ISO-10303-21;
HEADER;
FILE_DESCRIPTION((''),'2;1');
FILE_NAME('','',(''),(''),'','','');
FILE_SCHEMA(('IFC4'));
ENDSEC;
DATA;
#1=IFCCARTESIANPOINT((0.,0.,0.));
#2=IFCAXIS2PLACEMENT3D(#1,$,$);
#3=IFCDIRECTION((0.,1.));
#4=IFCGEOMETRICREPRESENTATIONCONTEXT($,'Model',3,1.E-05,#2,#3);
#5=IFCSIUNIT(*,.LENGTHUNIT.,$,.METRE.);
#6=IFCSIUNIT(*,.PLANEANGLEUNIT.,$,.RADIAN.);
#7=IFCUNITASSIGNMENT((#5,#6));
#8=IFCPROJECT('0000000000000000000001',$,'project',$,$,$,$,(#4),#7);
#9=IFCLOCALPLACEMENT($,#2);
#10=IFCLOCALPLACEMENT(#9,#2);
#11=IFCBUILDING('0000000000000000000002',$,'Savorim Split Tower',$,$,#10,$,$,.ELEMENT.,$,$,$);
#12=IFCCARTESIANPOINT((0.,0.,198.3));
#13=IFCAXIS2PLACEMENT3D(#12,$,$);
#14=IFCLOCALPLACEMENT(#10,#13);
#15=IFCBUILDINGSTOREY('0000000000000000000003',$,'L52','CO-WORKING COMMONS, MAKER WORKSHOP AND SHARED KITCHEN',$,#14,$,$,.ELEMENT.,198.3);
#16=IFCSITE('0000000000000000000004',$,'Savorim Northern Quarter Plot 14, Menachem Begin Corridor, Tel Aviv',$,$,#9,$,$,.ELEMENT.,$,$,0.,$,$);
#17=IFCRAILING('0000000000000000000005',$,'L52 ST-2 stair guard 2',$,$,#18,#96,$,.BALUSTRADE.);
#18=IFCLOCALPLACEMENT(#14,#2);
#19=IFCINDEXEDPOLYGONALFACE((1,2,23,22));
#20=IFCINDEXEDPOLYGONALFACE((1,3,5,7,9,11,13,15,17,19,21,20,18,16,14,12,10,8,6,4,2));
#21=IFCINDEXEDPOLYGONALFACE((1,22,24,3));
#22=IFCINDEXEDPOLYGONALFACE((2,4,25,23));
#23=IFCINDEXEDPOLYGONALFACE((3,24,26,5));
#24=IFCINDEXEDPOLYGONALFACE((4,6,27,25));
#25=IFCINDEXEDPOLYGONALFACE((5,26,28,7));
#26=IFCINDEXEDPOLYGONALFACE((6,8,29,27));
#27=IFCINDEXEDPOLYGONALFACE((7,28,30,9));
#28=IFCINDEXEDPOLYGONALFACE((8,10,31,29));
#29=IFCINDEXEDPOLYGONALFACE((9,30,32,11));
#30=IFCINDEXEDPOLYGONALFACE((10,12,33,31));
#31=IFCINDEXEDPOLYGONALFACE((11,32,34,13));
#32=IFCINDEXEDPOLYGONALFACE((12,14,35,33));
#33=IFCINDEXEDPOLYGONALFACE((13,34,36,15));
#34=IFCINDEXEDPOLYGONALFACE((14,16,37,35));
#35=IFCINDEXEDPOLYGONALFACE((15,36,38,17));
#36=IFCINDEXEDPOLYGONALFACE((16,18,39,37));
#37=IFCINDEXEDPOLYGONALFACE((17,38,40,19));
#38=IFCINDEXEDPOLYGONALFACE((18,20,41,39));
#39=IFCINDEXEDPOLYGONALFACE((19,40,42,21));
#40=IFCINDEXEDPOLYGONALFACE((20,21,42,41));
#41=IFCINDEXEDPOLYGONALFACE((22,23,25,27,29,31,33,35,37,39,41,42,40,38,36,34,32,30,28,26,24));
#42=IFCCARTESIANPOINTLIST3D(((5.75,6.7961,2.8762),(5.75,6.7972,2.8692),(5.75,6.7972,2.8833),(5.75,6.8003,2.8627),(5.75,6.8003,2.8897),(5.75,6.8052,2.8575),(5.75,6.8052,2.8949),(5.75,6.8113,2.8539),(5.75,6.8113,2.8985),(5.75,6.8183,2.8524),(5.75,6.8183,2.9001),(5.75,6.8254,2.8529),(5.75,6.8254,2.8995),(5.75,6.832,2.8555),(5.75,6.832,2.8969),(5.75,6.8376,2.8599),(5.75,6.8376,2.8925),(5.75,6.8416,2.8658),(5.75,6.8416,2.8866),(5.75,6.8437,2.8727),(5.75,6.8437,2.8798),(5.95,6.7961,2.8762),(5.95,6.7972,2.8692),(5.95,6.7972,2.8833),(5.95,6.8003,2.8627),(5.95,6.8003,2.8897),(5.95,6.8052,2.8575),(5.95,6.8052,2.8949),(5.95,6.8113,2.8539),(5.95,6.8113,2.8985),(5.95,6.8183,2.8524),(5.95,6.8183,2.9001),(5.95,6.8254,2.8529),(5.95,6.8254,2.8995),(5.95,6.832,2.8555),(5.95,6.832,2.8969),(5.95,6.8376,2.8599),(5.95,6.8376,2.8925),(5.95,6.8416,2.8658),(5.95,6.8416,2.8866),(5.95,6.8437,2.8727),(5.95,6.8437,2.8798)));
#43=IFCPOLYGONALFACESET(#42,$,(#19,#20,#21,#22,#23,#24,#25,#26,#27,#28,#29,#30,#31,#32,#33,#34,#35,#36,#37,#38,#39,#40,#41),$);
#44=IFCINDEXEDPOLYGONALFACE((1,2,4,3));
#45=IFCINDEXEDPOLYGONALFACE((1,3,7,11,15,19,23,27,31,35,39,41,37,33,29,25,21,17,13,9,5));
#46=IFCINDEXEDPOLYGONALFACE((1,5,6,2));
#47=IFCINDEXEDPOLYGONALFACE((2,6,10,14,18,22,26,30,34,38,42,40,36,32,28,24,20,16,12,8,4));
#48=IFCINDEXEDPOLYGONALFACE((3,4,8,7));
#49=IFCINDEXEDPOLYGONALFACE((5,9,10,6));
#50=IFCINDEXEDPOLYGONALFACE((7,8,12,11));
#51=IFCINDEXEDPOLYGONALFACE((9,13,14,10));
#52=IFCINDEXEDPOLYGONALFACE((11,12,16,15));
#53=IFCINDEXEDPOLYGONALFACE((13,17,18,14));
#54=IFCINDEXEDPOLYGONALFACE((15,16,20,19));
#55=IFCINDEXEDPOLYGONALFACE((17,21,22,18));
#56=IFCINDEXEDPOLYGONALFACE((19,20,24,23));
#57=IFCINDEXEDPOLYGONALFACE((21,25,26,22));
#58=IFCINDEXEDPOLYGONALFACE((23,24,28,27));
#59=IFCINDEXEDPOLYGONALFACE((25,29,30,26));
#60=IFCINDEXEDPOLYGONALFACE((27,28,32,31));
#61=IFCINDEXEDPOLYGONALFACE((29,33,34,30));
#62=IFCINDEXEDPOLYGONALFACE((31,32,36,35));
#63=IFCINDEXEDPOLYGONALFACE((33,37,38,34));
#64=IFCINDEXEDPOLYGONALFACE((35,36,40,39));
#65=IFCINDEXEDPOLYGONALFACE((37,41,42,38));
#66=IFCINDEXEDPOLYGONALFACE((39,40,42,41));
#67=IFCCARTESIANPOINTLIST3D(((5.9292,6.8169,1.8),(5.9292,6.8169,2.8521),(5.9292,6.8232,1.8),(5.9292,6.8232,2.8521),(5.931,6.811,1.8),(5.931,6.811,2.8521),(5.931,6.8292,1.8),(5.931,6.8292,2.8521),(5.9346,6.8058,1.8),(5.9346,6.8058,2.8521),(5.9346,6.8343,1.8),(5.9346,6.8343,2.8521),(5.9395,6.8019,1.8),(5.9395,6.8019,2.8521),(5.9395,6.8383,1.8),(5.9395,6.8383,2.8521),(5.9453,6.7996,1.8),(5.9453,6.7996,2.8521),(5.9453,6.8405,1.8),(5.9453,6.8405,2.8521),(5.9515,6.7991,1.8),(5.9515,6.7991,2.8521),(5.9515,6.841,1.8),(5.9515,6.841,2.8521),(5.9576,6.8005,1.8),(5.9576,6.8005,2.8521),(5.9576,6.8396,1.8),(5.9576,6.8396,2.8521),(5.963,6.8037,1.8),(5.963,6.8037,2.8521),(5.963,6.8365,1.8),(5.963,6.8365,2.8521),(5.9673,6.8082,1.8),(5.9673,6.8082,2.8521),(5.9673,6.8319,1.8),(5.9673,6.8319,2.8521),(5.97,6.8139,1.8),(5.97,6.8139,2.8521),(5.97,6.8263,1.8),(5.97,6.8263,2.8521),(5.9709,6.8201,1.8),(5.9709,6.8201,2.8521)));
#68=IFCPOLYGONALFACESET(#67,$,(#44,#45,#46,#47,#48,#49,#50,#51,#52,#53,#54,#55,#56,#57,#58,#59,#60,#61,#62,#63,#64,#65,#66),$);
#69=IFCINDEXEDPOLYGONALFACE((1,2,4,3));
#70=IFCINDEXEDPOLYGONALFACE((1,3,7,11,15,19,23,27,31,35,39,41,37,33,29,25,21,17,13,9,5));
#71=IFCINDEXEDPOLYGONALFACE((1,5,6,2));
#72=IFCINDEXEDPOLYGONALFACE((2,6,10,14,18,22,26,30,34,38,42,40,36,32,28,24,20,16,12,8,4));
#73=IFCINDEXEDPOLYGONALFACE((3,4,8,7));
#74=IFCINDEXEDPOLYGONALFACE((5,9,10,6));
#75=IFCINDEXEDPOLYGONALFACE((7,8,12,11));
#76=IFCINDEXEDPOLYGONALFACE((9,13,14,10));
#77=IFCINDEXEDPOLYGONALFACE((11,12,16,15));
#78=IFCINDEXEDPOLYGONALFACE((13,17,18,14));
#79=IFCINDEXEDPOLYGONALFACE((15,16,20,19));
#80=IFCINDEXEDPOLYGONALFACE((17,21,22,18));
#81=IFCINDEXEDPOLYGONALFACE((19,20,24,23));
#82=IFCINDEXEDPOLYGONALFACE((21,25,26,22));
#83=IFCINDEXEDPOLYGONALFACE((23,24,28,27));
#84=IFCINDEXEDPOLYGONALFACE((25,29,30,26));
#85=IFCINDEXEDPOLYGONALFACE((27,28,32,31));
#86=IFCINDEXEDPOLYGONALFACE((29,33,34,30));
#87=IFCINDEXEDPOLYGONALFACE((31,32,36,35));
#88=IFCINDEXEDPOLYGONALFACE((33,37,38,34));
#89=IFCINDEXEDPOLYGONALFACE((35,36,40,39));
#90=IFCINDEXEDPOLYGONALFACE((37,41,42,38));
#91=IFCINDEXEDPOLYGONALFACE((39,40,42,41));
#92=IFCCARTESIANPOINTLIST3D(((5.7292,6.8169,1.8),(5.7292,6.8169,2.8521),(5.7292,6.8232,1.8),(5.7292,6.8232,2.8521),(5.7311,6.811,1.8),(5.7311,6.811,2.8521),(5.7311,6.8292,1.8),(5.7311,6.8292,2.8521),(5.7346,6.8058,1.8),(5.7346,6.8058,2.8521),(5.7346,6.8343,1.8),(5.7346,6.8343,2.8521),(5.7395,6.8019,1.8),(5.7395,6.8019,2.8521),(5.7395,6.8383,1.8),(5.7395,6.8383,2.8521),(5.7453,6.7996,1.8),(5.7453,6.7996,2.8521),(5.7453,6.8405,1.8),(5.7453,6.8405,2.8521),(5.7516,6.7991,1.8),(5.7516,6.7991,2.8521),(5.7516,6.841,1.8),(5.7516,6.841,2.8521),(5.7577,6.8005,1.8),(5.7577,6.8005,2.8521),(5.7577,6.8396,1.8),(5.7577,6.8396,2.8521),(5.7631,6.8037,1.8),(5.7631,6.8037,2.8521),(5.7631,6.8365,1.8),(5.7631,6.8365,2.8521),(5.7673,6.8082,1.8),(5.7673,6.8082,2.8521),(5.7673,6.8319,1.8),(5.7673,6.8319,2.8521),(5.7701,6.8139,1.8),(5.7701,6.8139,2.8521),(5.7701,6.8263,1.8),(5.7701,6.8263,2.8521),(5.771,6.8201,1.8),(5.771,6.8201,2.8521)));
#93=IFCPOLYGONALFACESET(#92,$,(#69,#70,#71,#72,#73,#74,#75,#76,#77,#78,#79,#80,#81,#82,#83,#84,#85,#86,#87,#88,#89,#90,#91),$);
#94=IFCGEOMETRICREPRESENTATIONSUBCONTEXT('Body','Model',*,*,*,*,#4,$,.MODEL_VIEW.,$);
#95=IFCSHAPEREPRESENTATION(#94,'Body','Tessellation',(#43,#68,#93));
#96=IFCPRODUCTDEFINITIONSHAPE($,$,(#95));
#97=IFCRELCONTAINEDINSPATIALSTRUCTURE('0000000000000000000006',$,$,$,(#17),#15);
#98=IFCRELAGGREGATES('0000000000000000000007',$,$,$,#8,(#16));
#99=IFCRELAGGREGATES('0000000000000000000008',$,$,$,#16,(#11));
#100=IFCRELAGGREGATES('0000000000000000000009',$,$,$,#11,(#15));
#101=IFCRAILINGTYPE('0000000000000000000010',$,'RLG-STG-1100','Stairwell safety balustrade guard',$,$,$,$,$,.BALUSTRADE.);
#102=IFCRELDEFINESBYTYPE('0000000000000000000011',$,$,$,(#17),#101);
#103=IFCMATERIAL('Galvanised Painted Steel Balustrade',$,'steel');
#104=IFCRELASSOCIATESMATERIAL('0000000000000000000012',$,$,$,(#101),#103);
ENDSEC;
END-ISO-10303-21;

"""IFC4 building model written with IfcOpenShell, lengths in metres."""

from ifc_helpers import new_model, si_unit, direction, frame, origin, origin_2d, place, context, subcontext, project, spatial, circle, extrude, material, type_object, element, save


model = new_model("IFC4")

# Units and contexts
model_context = context("Model", 3, precision=1e-05, world=origin(), true_north=direction((0.0, 1.0)))
body_context = subcontext(model_context, "Body", "Model", "MODEL_VIEW")
ifc_project = project(units=[si_unit("LENGTHUNIT", "METRE"), si_unit("PLANEANGLEUNIT", "RADIAN")], contexts=[model_context])

# Site, building, storey
site_placement = place(None, origin())
site = spatial("IfcSite", under=ifc_project, at=site_placement, Name="Savorim Northern Quarter Plot 14, Menachem Begin Corridor, Tel Aviv", CompositionType="ELEMENT", RefElevation=0.0)
building_placement = place(site_placement, origin())
building = spatial("IfcBuilding", under=site, at=building_placement, Name="Savorim Split Tower", CompositionType="ELEMENT")
storey_placement = place(building_placement, frame((0.0, 0.0, 198.3)))
storey = spatial("IfcBuildingStorey", under=building, at=storey_placement, Name="L52", Description="CO-WORKING COMMONS, MAKER WORKSHOP AND SHARED KITCHEN", CompositionType="ELEMENT", Elevation=198.3)

# Railing
ifc_material_1 = material(Name="Galvanised Painted Steel Balustrade", Category="steel")
railing_type_1 = type_object("IfcRailingType", Name="RLG-STG-1100", Description="Stairwell safety balustrade guard", PredefinedType="BALUSTRADE", material=ifc_material_1)
railing_1_placement = place(storey_placement, frame((5.95, 6.8201, 1.8)))
element("IfcRailing", 1, at=railing_1_placement, inside=storey, type_object=railing_type_1, Name="L52 ST-2 stair guard 2", PredefinedType="BALUSTRADE", context=body_context, shape_type="SweptSolid", body=[
    extrude(circle(Radius=0.0239, at=origin_2d()), frame((0.0, 0.0, 1.0762), z_axis=(-1.0, 0.0, 0.0), x_axis=(0.0, -1.0, 0.0)), (0.0, 0.0, 1.0), 0.2),
    extrude(circle(Radius=0.021, at=origin_2d()), origin(), (0.0, 0.0, 1.0), 1.052),
    extrude(circle(Radius=0.021, at=origin_2d()), frame((-0.2, 0.0, 0.0)), (0.0, 0.0, 1.0), 1.052),
])

save(model, "model.ifc")
